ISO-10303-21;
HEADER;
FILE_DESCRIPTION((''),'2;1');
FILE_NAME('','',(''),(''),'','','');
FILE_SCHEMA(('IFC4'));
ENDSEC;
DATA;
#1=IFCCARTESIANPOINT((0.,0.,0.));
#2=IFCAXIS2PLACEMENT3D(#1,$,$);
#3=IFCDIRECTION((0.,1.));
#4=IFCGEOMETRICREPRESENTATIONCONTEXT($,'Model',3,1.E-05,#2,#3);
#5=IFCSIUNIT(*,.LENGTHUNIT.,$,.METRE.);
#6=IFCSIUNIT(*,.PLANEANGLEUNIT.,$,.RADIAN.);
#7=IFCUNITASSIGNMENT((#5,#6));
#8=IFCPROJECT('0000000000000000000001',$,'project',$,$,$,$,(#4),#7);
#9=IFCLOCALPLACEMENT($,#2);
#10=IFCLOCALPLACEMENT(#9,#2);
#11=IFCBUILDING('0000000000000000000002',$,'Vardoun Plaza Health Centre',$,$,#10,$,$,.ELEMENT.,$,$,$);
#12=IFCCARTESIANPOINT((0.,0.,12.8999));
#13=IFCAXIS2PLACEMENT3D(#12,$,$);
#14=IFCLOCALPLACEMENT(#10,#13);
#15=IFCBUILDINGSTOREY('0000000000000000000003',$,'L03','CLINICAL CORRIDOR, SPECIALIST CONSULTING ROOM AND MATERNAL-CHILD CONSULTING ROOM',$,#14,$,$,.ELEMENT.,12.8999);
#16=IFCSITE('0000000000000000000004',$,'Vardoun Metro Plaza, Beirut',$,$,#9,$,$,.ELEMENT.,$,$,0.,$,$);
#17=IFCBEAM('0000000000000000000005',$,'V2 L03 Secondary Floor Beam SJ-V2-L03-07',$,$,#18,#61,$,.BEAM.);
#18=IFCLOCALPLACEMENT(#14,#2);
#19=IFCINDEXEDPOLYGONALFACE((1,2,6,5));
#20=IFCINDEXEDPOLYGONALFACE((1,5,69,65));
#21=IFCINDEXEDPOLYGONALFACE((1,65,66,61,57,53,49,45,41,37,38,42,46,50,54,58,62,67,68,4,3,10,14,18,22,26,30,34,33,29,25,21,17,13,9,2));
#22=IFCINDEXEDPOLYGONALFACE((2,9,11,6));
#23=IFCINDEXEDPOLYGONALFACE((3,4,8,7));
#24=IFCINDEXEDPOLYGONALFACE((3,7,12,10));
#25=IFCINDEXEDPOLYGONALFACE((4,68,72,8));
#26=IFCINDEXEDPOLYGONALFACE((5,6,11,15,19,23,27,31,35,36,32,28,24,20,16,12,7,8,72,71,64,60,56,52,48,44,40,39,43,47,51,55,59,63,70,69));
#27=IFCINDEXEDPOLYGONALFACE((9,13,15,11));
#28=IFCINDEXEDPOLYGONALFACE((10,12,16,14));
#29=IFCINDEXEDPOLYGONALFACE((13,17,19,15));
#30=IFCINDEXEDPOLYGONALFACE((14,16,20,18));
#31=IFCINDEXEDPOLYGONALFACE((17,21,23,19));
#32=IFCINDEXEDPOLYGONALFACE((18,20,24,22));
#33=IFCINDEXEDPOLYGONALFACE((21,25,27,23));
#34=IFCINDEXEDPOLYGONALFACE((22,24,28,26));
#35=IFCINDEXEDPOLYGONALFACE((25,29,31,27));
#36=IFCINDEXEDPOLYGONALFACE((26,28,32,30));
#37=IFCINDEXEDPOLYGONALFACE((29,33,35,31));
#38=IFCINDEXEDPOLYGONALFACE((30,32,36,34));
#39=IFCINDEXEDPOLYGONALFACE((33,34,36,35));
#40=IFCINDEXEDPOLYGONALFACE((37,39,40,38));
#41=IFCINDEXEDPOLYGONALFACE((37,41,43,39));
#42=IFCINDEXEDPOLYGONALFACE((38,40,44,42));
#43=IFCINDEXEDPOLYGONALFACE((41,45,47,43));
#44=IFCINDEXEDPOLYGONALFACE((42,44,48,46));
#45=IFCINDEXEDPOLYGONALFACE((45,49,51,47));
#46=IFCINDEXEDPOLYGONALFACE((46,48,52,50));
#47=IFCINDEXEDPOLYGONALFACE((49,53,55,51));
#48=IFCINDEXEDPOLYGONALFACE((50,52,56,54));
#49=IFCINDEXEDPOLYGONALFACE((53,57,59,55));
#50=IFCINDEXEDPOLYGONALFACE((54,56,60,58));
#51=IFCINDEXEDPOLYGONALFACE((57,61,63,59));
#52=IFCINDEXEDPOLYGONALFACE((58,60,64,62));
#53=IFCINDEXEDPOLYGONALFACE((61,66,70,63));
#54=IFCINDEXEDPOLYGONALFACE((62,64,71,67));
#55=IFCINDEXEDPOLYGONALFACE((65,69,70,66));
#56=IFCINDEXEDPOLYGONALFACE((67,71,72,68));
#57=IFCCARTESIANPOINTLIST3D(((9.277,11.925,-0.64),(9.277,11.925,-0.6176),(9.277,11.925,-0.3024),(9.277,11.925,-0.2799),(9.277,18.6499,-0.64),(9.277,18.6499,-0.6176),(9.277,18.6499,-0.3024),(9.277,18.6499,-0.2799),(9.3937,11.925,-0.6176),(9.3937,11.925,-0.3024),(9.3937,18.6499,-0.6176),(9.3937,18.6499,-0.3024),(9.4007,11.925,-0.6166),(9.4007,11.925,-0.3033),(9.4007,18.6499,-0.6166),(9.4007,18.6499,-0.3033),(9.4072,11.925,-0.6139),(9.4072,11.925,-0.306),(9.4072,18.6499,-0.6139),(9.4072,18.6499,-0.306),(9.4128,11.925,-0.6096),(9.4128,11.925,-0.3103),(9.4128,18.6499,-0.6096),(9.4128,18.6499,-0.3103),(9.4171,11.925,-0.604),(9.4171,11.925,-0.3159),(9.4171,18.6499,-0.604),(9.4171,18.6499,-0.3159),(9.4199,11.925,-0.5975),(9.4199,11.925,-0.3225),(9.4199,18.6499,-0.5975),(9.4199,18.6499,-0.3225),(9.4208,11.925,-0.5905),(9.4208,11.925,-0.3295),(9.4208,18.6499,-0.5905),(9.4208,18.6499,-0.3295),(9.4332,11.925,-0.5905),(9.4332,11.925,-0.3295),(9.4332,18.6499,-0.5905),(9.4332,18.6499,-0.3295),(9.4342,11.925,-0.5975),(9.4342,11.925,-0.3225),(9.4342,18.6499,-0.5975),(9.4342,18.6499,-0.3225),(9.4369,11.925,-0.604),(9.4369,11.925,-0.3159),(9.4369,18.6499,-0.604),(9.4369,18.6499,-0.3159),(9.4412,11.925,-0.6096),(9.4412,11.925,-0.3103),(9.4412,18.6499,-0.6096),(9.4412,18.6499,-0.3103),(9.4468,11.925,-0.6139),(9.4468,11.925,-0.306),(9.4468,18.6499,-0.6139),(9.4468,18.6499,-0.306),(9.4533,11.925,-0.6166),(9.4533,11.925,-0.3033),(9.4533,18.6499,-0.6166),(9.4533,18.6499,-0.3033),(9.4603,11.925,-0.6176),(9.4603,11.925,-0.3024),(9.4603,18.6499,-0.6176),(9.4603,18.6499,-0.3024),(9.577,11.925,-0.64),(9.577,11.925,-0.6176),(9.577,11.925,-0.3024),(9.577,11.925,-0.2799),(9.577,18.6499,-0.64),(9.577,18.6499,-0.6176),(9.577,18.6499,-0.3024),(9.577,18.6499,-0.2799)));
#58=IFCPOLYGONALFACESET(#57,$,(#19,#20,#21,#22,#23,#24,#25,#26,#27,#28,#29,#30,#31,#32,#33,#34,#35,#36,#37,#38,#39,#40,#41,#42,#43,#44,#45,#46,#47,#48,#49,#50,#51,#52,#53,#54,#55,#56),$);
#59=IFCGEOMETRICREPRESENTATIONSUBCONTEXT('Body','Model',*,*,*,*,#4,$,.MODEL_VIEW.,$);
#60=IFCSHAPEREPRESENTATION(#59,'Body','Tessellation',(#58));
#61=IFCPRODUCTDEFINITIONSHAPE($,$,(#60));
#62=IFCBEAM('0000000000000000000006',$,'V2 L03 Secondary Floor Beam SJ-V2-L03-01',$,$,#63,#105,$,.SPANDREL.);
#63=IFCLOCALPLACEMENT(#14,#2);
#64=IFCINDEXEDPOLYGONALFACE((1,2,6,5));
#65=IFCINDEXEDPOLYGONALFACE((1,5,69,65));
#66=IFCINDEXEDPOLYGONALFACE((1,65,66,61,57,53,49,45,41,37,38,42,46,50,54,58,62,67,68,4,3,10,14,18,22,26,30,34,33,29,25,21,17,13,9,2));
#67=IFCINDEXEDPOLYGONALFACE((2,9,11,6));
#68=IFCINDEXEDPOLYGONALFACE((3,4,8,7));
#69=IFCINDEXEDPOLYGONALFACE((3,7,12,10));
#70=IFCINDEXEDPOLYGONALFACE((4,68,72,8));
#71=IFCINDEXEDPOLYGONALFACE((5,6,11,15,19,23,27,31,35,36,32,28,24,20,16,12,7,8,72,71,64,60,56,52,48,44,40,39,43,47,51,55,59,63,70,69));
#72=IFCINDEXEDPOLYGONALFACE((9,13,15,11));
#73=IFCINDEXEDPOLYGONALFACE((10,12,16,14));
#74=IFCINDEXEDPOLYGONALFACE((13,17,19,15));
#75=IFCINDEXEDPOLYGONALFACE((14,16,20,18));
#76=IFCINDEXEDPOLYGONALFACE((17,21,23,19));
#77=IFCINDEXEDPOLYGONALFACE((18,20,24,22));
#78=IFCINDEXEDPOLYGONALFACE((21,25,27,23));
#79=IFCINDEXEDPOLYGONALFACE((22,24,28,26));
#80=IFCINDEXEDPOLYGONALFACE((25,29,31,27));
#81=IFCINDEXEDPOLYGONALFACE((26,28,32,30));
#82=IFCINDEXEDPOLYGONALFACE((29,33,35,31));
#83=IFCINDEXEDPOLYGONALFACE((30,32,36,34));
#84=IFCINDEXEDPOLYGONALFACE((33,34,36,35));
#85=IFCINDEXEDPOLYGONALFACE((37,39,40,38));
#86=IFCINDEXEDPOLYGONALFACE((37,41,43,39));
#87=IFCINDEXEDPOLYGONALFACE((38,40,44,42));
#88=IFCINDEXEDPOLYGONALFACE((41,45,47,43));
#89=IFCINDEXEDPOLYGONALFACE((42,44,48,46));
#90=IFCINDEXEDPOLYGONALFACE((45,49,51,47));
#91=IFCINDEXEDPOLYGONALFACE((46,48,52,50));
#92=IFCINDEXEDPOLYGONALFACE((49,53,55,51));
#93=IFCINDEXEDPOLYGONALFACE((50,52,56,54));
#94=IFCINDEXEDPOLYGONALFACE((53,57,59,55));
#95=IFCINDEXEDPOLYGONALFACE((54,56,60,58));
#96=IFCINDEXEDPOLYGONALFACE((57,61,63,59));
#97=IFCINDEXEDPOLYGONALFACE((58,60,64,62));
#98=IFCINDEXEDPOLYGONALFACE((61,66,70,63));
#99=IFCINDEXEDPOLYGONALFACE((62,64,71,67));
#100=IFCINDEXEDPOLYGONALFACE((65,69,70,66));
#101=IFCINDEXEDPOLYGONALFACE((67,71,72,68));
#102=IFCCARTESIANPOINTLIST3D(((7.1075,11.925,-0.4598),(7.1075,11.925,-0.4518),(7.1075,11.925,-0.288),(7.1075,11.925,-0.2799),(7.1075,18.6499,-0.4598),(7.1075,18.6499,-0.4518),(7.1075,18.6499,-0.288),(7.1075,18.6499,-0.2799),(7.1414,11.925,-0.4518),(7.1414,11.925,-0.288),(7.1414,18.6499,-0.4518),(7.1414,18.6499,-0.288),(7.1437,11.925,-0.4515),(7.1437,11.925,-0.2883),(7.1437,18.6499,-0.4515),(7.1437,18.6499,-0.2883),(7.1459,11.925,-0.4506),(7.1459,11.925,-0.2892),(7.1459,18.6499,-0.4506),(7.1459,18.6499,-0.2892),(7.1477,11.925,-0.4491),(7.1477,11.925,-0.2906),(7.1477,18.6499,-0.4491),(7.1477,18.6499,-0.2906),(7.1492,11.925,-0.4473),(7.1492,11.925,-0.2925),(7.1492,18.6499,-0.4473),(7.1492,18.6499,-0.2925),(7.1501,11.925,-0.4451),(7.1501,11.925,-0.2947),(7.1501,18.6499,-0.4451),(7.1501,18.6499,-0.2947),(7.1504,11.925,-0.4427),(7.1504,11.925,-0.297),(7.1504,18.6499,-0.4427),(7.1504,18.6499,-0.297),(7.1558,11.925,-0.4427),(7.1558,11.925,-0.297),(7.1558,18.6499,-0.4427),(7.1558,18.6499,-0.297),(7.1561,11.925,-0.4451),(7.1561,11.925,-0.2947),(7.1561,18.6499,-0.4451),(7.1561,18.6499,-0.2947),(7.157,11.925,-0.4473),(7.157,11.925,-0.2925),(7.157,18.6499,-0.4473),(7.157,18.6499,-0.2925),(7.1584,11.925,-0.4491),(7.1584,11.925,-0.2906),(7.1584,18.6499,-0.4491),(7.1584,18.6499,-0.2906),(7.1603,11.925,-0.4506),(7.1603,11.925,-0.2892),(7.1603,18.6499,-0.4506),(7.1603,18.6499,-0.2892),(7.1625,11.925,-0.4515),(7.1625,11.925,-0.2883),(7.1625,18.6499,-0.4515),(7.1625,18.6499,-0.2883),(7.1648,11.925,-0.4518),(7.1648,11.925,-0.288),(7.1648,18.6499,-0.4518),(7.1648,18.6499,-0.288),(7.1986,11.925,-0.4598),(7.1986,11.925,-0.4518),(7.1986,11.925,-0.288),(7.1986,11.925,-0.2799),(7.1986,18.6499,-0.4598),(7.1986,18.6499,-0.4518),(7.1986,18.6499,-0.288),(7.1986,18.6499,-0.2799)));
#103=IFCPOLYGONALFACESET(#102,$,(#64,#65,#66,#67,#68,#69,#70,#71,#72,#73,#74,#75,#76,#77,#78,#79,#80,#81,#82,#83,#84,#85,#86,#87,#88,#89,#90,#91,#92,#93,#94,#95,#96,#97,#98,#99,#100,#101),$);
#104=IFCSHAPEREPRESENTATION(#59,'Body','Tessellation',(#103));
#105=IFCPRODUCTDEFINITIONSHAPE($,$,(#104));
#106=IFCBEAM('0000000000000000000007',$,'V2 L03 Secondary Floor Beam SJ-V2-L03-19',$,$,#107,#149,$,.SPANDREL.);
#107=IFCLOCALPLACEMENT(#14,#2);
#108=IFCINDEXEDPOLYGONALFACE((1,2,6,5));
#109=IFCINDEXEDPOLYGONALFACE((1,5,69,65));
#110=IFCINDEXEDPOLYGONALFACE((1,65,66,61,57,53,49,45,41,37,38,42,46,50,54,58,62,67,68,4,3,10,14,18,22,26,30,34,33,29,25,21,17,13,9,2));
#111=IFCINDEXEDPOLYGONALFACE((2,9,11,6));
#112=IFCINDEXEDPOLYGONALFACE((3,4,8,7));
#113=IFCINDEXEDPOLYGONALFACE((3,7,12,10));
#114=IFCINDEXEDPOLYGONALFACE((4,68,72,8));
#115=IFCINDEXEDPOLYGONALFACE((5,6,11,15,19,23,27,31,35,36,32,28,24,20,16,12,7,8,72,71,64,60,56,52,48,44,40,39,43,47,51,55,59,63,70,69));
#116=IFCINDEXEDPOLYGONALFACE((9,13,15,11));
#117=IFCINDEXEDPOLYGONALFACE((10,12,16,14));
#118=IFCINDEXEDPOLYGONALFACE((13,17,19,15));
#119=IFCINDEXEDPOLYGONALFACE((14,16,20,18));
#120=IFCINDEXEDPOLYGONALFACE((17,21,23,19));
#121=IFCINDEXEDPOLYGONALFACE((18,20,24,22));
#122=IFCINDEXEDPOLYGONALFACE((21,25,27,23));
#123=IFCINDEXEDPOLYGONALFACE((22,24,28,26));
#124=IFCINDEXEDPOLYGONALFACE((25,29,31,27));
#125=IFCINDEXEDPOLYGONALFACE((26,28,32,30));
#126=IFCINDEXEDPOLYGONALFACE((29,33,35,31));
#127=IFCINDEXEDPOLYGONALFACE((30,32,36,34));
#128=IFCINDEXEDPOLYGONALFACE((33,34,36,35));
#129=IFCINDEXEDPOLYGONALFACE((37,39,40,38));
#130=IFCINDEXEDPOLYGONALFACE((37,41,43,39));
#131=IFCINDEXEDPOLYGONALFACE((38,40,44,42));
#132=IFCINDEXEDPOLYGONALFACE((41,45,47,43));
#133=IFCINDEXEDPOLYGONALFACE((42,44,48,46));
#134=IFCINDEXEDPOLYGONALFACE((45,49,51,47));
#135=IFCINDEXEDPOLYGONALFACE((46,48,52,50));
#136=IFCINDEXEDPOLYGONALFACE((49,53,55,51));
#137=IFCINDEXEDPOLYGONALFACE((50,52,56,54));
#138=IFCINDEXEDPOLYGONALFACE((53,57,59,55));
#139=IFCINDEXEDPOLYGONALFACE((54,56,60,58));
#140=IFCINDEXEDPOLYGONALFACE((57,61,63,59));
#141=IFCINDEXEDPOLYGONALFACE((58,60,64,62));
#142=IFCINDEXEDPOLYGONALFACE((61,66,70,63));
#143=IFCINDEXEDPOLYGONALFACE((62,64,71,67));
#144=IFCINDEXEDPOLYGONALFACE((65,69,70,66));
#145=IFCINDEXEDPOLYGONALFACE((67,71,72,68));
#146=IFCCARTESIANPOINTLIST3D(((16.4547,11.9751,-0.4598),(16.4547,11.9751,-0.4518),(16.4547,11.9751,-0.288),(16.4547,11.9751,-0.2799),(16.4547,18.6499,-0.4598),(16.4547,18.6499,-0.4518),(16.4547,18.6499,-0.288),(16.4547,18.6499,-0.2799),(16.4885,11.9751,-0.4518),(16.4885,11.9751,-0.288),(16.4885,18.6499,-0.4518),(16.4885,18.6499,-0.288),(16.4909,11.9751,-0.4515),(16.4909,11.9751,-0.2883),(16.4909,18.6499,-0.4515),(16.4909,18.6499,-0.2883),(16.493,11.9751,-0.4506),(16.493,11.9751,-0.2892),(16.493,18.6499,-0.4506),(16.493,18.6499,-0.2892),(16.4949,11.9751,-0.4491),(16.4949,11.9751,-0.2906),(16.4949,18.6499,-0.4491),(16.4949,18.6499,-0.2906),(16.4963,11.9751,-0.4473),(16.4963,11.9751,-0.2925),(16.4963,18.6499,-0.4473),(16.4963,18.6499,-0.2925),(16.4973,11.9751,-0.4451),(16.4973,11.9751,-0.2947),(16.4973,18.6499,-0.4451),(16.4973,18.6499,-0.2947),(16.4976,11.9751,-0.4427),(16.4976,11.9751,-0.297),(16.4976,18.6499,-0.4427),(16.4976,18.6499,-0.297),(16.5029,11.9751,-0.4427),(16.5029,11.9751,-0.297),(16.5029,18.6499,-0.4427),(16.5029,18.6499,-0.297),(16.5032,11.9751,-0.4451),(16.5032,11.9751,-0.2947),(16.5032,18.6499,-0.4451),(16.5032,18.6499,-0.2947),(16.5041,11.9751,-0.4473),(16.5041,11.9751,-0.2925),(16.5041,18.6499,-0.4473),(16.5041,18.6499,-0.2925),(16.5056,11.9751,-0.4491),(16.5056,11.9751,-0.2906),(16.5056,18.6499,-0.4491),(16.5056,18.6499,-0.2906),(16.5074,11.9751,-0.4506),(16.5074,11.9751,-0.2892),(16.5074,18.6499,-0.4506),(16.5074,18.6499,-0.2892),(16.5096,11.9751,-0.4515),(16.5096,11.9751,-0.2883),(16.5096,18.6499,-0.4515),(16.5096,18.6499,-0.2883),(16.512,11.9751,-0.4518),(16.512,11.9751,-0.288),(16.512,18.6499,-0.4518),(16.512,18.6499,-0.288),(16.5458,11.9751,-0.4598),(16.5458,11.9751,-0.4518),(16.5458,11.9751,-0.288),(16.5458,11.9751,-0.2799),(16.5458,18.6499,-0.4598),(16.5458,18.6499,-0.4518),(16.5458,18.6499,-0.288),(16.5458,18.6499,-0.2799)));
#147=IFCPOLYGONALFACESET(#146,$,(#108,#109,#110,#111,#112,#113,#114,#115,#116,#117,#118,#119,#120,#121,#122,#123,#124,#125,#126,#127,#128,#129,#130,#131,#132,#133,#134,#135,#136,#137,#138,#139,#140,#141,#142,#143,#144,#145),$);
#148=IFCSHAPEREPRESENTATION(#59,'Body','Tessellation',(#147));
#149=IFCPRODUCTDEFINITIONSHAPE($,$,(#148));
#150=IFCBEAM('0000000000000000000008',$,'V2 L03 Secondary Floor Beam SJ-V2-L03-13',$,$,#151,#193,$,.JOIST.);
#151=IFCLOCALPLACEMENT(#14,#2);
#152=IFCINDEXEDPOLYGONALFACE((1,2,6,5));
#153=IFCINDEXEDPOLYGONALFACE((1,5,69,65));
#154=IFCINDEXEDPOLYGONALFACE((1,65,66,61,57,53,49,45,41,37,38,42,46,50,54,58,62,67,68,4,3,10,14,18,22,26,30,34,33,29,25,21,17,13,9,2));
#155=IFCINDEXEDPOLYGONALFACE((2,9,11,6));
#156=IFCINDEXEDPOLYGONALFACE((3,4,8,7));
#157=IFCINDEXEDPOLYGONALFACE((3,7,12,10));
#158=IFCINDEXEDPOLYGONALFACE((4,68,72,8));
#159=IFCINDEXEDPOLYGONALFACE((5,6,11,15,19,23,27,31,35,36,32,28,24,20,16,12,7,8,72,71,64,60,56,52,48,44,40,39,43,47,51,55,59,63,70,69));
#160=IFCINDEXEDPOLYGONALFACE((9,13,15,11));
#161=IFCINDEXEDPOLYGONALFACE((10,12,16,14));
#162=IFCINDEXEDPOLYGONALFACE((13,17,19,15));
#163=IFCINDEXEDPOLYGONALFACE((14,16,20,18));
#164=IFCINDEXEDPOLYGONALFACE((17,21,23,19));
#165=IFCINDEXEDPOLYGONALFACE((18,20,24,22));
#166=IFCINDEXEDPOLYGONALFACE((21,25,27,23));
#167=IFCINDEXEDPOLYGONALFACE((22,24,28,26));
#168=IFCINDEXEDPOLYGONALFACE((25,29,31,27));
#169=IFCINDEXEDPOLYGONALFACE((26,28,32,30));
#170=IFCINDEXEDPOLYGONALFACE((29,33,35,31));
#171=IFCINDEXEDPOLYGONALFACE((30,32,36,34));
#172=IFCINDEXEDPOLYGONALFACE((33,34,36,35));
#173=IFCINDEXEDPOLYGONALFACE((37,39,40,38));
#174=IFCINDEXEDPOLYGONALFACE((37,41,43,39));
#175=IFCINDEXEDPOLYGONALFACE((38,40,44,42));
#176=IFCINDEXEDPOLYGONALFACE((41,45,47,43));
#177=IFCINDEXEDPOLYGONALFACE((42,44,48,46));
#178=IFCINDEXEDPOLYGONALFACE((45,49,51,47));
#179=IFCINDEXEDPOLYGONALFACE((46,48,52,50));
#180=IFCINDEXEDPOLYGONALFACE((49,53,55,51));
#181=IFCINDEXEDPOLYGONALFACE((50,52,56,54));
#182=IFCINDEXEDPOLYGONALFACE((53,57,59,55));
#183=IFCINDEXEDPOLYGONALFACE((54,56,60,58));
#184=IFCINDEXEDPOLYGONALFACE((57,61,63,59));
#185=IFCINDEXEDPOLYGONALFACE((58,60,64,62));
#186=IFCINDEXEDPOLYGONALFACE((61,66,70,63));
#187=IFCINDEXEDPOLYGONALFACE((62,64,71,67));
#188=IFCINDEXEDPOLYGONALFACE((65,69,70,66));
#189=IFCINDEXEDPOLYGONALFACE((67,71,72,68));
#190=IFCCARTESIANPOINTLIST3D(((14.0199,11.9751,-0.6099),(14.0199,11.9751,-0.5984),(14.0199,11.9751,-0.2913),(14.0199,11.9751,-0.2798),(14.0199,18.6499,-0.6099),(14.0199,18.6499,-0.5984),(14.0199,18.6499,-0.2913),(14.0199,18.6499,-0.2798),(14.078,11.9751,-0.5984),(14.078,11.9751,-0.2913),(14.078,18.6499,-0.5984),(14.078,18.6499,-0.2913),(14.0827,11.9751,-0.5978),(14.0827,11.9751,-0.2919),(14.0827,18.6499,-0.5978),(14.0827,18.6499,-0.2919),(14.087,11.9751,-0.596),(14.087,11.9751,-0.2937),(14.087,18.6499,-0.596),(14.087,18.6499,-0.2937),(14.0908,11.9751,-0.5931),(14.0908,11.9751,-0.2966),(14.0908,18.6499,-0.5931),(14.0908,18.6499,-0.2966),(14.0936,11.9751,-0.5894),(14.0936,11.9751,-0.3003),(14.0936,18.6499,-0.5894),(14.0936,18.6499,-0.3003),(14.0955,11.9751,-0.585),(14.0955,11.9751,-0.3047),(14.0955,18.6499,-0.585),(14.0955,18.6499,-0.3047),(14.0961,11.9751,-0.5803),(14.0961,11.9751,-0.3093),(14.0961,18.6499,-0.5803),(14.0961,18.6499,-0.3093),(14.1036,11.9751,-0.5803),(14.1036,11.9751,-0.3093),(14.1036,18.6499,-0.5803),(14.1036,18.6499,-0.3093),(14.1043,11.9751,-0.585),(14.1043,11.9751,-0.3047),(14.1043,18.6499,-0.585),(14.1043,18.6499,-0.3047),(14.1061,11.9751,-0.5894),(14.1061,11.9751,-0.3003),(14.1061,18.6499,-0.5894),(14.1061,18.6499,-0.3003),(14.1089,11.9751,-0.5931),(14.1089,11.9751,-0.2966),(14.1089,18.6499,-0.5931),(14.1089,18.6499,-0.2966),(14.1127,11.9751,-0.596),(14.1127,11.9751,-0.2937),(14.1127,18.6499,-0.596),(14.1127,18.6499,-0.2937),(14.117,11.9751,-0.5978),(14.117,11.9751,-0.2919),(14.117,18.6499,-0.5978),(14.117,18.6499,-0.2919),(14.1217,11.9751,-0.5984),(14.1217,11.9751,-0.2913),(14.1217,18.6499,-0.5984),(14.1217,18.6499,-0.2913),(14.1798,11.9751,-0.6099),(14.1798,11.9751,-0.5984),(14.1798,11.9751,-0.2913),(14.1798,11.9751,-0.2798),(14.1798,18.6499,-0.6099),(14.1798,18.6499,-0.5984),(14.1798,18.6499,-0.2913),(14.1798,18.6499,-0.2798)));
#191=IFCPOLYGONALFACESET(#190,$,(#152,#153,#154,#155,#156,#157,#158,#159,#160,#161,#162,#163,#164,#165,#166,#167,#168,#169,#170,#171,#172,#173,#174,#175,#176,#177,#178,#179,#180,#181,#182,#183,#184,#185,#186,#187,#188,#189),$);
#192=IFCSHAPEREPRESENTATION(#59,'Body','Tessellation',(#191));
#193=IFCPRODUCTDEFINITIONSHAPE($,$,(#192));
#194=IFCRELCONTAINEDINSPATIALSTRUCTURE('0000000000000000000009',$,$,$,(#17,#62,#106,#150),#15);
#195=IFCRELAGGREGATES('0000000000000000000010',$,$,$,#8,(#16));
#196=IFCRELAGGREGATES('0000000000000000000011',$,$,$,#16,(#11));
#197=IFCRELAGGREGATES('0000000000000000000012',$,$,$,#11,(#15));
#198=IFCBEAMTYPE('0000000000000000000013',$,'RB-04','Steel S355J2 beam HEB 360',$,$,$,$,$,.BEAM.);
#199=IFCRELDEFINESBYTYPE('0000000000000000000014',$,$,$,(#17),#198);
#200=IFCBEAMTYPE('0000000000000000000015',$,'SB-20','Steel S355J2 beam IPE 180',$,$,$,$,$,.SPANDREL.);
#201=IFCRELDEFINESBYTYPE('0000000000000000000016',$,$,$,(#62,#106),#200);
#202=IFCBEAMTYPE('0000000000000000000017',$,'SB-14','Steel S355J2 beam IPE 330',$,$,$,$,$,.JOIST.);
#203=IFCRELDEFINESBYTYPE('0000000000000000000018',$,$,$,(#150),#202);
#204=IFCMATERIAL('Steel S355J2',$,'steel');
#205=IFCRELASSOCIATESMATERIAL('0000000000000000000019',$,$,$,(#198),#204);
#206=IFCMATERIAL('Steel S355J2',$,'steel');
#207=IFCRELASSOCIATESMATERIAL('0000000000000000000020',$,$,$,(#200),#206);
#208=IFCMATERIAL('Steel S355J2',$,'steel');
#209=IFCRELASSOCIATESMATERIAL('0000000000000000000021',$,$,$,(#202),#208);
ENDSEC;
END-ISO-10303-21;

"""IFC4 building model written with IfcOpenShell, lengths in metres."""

from ifc_helpers import new_model, si_unit, direction, frame, origin, origin_2d, place, context, subcontext, project, spatial, i_section, extrude, material, material_profile, profile_set, type_object, element, save


model = new_model("IFC4")

# Units and contexts
model_context = context("Model", 3, precision=1e-05, world=origin(), true_north=direction((0.0, 1.0)))
body_context = subcontext(model_context, "Body", "Model", "MODEL_VIEW")
ifc_project = project(units=[si_unit("LENGTHUNIT", "METRE"), si_unit("PLANEANGLEUNIT", "RADIAN")], contexts=[model_context])

# Site, building, storey
site_placement = place(None, origin())
site = spatial("IfcSite", under=ifc_project, at=site_placement, Name="Vardoun Metro Plaza, Beirut", CompositionType="ELEMENT", RefElevation=0.0)
building_placement = place(site_placement, origin())
building = spatial("IfcBuilding", under=site, at=building_placement, Name="Vardoun Plaza Health Centre", CompositionType="ELEMENT")
storey_placement = place(building_placement, frame((0.0, 0.0, 12.8999)))
storey = spatial("IfcBuildingStorey", under=building, at=storey_placement, Name="L03", Description="CLINICAL CORRIDOR, SPECIALIST CONSULTING ROOM AND MATERNAL-CHILD CONSULTING ROOM", CompositionType="ELEMENT", Elevation=12.8999)

# Beams
ifc_material_1 = material(Name="Steel S355J2", Category="steel")
ifc_material_profile_1 = material_profile(ifc_material_1, i_section(OverallWidth=0.3, OverallDepth=0.3601, WebThickness=0.0125, FlangeThickness=0.0225, FilletRadius=0.0271, at=origin_2d()), Name="HEB 360")
ifc_profile_set_1 = profile_set([ifc_material_profile_1], Name="Steel S355J2")
beam_type_1 = type_object("IfcBeamType", Name="RB-04", Description="Steel S355J2 beam HEB 360", PredefinedType="BEAM", material=ifc_profile_set_1)
beam_1_placement = place(storey_placement, frame((9.427, 11.925, -0.46), z_axis=(0.0, 1.0, 0.0), x_axis=(-1.0, 0.0, 0.0)))
element("IfcBeam", 1, at=beam_1_placement, inside=storey, type_object=beam_type_1, Name="V2 L03 Secondary Floor Beam SJ-V2-L03-07", PredefinedType="BEAM", context=body_context, shape_type="SweptSolid", body=[
    extrude(i_section(OverallWidth=0.3, OverallDepth=0.3601, WebThickness=0.0125, FlangeThickness=0.0225, FilletRadius=0.0271, at=origin_2d()), origin(), (0.0, 0.0, 1.0), 6.7249),
])
ifc_material_2 = material(Name="Steel S355J2", Category="steel")
ifc_material_profile_2 = material_profile(ifc_material_2, i_section(OverallWidth=0.0911, OverallDepth=0.1799, WebThickness=0.0054, FlangeThickness=0.0081, FilletRadius=0.009, at=origin_2d()), Name="IPE 180")
ifc_profile_set_2 = profile_set([ifc_material_profile_2], Name="Steel S355J2")
beam_type_2 = type_object("IfcBeamType", Name="SB-20", Description="Steel S355J2 beam IPE 180", PredefinedType="SPANDREL", material=ifc_profile_set_2)
beam_2_placement = place(storey_placement, frame((7.1531, 11.925, -0.3699), z_axis=(0.0, 1.0, 0.0), x_axis=(-1.0, 0.0, 0.0)))
element("IfcBeam", 2, at=beam_2_placement, inside=storey, type_object=beam_type_2, Name="V2 L03 Secondary Floor Beam SJ-V2-L03-01", PredefinedType="SPANDREL", context=body_context, shape_type="SweptSolid", body=[
    extrude(i_section(OverallWidth=0.0911, OverallDepth=0.1799, WebThickness=0.0054, FlangeThickness=0.0081, FilletRadius=0.009, at=origin_2d()), origin(), (0.0, 0.0, 1.0), 6.7249),
])
beam_3_placement = place(storey_placement, frame((16.5002, 11.9751, -0.3699), z_axis=(0.0, 1.0, 0.0), x_axis=(-1.0, 0.0, 0.0)))
element("IfcBeam", 3, at=beam_3_placement, inside=storey, type_object=beam_type_2, Name="V2 L03 Secondary Floor Beam SJ-V2-L03-19", PredefinedType="SPANDREL", context=body_context, shape_type="SweptSolid", body=[
    extrude(i_section(OverallWidth=0.0911, OverallDepth=0.1799, WebThickness=0.0054, FlangeThickness=0.0081, FilletRadius=0.009, at=origin_2d()), origin(), (0.0, 0.0, 1.0), 6.6748),
])
ifc_material_3 = material(Name="Steel S355J2", Category="steel")
ifc_material_profile_3 = material_profile(ifc_material_3, i_section(OverallWidth=0.1599, OverallDepth=0.3301, WebThickness=0.0076, FlangeThickness=0.0115, FilletRadius=0.0181, at=origin_2d()), Name="IPE 330")
ifc_profile_set_3 = profile_set([ifc_material_profile_3], Name="Steel S355J2")
beam_type_3 = type_object("IfcBeamType", Name="SB-14", Description="Steel S355J2 beam IPE 330", PredefinedType="JOIST", material=ifc_profile_set_3)
beam_4_placement = place(storey_placement, frame((14.0999, 11.9751, -0.4448), z_axis=(0.0, 1.0, 0.0), x_axis=(-1.0, 0.0, 0.0)))
element("IfcBeam", 4, at=beam_4_placement, inside=storey, type_object=beam_type_3, Name="V2 L03 Secondary Floor Beam SJ-V2-L03-13", PredefinedType="JOIST", context=body_context, shape_type="SweptSolid", body=[
    extrude(i_section(OverallWidth=0.1599, OverallDepth=0.3301, WebThickness=0.0076, FlangeThickness=0.0115, FilletRadius=0.0181, at=origin_2d()), origin(), (0.0, 0.0, 1.0), 6.6748),
])

save(model, "model.ifc")
